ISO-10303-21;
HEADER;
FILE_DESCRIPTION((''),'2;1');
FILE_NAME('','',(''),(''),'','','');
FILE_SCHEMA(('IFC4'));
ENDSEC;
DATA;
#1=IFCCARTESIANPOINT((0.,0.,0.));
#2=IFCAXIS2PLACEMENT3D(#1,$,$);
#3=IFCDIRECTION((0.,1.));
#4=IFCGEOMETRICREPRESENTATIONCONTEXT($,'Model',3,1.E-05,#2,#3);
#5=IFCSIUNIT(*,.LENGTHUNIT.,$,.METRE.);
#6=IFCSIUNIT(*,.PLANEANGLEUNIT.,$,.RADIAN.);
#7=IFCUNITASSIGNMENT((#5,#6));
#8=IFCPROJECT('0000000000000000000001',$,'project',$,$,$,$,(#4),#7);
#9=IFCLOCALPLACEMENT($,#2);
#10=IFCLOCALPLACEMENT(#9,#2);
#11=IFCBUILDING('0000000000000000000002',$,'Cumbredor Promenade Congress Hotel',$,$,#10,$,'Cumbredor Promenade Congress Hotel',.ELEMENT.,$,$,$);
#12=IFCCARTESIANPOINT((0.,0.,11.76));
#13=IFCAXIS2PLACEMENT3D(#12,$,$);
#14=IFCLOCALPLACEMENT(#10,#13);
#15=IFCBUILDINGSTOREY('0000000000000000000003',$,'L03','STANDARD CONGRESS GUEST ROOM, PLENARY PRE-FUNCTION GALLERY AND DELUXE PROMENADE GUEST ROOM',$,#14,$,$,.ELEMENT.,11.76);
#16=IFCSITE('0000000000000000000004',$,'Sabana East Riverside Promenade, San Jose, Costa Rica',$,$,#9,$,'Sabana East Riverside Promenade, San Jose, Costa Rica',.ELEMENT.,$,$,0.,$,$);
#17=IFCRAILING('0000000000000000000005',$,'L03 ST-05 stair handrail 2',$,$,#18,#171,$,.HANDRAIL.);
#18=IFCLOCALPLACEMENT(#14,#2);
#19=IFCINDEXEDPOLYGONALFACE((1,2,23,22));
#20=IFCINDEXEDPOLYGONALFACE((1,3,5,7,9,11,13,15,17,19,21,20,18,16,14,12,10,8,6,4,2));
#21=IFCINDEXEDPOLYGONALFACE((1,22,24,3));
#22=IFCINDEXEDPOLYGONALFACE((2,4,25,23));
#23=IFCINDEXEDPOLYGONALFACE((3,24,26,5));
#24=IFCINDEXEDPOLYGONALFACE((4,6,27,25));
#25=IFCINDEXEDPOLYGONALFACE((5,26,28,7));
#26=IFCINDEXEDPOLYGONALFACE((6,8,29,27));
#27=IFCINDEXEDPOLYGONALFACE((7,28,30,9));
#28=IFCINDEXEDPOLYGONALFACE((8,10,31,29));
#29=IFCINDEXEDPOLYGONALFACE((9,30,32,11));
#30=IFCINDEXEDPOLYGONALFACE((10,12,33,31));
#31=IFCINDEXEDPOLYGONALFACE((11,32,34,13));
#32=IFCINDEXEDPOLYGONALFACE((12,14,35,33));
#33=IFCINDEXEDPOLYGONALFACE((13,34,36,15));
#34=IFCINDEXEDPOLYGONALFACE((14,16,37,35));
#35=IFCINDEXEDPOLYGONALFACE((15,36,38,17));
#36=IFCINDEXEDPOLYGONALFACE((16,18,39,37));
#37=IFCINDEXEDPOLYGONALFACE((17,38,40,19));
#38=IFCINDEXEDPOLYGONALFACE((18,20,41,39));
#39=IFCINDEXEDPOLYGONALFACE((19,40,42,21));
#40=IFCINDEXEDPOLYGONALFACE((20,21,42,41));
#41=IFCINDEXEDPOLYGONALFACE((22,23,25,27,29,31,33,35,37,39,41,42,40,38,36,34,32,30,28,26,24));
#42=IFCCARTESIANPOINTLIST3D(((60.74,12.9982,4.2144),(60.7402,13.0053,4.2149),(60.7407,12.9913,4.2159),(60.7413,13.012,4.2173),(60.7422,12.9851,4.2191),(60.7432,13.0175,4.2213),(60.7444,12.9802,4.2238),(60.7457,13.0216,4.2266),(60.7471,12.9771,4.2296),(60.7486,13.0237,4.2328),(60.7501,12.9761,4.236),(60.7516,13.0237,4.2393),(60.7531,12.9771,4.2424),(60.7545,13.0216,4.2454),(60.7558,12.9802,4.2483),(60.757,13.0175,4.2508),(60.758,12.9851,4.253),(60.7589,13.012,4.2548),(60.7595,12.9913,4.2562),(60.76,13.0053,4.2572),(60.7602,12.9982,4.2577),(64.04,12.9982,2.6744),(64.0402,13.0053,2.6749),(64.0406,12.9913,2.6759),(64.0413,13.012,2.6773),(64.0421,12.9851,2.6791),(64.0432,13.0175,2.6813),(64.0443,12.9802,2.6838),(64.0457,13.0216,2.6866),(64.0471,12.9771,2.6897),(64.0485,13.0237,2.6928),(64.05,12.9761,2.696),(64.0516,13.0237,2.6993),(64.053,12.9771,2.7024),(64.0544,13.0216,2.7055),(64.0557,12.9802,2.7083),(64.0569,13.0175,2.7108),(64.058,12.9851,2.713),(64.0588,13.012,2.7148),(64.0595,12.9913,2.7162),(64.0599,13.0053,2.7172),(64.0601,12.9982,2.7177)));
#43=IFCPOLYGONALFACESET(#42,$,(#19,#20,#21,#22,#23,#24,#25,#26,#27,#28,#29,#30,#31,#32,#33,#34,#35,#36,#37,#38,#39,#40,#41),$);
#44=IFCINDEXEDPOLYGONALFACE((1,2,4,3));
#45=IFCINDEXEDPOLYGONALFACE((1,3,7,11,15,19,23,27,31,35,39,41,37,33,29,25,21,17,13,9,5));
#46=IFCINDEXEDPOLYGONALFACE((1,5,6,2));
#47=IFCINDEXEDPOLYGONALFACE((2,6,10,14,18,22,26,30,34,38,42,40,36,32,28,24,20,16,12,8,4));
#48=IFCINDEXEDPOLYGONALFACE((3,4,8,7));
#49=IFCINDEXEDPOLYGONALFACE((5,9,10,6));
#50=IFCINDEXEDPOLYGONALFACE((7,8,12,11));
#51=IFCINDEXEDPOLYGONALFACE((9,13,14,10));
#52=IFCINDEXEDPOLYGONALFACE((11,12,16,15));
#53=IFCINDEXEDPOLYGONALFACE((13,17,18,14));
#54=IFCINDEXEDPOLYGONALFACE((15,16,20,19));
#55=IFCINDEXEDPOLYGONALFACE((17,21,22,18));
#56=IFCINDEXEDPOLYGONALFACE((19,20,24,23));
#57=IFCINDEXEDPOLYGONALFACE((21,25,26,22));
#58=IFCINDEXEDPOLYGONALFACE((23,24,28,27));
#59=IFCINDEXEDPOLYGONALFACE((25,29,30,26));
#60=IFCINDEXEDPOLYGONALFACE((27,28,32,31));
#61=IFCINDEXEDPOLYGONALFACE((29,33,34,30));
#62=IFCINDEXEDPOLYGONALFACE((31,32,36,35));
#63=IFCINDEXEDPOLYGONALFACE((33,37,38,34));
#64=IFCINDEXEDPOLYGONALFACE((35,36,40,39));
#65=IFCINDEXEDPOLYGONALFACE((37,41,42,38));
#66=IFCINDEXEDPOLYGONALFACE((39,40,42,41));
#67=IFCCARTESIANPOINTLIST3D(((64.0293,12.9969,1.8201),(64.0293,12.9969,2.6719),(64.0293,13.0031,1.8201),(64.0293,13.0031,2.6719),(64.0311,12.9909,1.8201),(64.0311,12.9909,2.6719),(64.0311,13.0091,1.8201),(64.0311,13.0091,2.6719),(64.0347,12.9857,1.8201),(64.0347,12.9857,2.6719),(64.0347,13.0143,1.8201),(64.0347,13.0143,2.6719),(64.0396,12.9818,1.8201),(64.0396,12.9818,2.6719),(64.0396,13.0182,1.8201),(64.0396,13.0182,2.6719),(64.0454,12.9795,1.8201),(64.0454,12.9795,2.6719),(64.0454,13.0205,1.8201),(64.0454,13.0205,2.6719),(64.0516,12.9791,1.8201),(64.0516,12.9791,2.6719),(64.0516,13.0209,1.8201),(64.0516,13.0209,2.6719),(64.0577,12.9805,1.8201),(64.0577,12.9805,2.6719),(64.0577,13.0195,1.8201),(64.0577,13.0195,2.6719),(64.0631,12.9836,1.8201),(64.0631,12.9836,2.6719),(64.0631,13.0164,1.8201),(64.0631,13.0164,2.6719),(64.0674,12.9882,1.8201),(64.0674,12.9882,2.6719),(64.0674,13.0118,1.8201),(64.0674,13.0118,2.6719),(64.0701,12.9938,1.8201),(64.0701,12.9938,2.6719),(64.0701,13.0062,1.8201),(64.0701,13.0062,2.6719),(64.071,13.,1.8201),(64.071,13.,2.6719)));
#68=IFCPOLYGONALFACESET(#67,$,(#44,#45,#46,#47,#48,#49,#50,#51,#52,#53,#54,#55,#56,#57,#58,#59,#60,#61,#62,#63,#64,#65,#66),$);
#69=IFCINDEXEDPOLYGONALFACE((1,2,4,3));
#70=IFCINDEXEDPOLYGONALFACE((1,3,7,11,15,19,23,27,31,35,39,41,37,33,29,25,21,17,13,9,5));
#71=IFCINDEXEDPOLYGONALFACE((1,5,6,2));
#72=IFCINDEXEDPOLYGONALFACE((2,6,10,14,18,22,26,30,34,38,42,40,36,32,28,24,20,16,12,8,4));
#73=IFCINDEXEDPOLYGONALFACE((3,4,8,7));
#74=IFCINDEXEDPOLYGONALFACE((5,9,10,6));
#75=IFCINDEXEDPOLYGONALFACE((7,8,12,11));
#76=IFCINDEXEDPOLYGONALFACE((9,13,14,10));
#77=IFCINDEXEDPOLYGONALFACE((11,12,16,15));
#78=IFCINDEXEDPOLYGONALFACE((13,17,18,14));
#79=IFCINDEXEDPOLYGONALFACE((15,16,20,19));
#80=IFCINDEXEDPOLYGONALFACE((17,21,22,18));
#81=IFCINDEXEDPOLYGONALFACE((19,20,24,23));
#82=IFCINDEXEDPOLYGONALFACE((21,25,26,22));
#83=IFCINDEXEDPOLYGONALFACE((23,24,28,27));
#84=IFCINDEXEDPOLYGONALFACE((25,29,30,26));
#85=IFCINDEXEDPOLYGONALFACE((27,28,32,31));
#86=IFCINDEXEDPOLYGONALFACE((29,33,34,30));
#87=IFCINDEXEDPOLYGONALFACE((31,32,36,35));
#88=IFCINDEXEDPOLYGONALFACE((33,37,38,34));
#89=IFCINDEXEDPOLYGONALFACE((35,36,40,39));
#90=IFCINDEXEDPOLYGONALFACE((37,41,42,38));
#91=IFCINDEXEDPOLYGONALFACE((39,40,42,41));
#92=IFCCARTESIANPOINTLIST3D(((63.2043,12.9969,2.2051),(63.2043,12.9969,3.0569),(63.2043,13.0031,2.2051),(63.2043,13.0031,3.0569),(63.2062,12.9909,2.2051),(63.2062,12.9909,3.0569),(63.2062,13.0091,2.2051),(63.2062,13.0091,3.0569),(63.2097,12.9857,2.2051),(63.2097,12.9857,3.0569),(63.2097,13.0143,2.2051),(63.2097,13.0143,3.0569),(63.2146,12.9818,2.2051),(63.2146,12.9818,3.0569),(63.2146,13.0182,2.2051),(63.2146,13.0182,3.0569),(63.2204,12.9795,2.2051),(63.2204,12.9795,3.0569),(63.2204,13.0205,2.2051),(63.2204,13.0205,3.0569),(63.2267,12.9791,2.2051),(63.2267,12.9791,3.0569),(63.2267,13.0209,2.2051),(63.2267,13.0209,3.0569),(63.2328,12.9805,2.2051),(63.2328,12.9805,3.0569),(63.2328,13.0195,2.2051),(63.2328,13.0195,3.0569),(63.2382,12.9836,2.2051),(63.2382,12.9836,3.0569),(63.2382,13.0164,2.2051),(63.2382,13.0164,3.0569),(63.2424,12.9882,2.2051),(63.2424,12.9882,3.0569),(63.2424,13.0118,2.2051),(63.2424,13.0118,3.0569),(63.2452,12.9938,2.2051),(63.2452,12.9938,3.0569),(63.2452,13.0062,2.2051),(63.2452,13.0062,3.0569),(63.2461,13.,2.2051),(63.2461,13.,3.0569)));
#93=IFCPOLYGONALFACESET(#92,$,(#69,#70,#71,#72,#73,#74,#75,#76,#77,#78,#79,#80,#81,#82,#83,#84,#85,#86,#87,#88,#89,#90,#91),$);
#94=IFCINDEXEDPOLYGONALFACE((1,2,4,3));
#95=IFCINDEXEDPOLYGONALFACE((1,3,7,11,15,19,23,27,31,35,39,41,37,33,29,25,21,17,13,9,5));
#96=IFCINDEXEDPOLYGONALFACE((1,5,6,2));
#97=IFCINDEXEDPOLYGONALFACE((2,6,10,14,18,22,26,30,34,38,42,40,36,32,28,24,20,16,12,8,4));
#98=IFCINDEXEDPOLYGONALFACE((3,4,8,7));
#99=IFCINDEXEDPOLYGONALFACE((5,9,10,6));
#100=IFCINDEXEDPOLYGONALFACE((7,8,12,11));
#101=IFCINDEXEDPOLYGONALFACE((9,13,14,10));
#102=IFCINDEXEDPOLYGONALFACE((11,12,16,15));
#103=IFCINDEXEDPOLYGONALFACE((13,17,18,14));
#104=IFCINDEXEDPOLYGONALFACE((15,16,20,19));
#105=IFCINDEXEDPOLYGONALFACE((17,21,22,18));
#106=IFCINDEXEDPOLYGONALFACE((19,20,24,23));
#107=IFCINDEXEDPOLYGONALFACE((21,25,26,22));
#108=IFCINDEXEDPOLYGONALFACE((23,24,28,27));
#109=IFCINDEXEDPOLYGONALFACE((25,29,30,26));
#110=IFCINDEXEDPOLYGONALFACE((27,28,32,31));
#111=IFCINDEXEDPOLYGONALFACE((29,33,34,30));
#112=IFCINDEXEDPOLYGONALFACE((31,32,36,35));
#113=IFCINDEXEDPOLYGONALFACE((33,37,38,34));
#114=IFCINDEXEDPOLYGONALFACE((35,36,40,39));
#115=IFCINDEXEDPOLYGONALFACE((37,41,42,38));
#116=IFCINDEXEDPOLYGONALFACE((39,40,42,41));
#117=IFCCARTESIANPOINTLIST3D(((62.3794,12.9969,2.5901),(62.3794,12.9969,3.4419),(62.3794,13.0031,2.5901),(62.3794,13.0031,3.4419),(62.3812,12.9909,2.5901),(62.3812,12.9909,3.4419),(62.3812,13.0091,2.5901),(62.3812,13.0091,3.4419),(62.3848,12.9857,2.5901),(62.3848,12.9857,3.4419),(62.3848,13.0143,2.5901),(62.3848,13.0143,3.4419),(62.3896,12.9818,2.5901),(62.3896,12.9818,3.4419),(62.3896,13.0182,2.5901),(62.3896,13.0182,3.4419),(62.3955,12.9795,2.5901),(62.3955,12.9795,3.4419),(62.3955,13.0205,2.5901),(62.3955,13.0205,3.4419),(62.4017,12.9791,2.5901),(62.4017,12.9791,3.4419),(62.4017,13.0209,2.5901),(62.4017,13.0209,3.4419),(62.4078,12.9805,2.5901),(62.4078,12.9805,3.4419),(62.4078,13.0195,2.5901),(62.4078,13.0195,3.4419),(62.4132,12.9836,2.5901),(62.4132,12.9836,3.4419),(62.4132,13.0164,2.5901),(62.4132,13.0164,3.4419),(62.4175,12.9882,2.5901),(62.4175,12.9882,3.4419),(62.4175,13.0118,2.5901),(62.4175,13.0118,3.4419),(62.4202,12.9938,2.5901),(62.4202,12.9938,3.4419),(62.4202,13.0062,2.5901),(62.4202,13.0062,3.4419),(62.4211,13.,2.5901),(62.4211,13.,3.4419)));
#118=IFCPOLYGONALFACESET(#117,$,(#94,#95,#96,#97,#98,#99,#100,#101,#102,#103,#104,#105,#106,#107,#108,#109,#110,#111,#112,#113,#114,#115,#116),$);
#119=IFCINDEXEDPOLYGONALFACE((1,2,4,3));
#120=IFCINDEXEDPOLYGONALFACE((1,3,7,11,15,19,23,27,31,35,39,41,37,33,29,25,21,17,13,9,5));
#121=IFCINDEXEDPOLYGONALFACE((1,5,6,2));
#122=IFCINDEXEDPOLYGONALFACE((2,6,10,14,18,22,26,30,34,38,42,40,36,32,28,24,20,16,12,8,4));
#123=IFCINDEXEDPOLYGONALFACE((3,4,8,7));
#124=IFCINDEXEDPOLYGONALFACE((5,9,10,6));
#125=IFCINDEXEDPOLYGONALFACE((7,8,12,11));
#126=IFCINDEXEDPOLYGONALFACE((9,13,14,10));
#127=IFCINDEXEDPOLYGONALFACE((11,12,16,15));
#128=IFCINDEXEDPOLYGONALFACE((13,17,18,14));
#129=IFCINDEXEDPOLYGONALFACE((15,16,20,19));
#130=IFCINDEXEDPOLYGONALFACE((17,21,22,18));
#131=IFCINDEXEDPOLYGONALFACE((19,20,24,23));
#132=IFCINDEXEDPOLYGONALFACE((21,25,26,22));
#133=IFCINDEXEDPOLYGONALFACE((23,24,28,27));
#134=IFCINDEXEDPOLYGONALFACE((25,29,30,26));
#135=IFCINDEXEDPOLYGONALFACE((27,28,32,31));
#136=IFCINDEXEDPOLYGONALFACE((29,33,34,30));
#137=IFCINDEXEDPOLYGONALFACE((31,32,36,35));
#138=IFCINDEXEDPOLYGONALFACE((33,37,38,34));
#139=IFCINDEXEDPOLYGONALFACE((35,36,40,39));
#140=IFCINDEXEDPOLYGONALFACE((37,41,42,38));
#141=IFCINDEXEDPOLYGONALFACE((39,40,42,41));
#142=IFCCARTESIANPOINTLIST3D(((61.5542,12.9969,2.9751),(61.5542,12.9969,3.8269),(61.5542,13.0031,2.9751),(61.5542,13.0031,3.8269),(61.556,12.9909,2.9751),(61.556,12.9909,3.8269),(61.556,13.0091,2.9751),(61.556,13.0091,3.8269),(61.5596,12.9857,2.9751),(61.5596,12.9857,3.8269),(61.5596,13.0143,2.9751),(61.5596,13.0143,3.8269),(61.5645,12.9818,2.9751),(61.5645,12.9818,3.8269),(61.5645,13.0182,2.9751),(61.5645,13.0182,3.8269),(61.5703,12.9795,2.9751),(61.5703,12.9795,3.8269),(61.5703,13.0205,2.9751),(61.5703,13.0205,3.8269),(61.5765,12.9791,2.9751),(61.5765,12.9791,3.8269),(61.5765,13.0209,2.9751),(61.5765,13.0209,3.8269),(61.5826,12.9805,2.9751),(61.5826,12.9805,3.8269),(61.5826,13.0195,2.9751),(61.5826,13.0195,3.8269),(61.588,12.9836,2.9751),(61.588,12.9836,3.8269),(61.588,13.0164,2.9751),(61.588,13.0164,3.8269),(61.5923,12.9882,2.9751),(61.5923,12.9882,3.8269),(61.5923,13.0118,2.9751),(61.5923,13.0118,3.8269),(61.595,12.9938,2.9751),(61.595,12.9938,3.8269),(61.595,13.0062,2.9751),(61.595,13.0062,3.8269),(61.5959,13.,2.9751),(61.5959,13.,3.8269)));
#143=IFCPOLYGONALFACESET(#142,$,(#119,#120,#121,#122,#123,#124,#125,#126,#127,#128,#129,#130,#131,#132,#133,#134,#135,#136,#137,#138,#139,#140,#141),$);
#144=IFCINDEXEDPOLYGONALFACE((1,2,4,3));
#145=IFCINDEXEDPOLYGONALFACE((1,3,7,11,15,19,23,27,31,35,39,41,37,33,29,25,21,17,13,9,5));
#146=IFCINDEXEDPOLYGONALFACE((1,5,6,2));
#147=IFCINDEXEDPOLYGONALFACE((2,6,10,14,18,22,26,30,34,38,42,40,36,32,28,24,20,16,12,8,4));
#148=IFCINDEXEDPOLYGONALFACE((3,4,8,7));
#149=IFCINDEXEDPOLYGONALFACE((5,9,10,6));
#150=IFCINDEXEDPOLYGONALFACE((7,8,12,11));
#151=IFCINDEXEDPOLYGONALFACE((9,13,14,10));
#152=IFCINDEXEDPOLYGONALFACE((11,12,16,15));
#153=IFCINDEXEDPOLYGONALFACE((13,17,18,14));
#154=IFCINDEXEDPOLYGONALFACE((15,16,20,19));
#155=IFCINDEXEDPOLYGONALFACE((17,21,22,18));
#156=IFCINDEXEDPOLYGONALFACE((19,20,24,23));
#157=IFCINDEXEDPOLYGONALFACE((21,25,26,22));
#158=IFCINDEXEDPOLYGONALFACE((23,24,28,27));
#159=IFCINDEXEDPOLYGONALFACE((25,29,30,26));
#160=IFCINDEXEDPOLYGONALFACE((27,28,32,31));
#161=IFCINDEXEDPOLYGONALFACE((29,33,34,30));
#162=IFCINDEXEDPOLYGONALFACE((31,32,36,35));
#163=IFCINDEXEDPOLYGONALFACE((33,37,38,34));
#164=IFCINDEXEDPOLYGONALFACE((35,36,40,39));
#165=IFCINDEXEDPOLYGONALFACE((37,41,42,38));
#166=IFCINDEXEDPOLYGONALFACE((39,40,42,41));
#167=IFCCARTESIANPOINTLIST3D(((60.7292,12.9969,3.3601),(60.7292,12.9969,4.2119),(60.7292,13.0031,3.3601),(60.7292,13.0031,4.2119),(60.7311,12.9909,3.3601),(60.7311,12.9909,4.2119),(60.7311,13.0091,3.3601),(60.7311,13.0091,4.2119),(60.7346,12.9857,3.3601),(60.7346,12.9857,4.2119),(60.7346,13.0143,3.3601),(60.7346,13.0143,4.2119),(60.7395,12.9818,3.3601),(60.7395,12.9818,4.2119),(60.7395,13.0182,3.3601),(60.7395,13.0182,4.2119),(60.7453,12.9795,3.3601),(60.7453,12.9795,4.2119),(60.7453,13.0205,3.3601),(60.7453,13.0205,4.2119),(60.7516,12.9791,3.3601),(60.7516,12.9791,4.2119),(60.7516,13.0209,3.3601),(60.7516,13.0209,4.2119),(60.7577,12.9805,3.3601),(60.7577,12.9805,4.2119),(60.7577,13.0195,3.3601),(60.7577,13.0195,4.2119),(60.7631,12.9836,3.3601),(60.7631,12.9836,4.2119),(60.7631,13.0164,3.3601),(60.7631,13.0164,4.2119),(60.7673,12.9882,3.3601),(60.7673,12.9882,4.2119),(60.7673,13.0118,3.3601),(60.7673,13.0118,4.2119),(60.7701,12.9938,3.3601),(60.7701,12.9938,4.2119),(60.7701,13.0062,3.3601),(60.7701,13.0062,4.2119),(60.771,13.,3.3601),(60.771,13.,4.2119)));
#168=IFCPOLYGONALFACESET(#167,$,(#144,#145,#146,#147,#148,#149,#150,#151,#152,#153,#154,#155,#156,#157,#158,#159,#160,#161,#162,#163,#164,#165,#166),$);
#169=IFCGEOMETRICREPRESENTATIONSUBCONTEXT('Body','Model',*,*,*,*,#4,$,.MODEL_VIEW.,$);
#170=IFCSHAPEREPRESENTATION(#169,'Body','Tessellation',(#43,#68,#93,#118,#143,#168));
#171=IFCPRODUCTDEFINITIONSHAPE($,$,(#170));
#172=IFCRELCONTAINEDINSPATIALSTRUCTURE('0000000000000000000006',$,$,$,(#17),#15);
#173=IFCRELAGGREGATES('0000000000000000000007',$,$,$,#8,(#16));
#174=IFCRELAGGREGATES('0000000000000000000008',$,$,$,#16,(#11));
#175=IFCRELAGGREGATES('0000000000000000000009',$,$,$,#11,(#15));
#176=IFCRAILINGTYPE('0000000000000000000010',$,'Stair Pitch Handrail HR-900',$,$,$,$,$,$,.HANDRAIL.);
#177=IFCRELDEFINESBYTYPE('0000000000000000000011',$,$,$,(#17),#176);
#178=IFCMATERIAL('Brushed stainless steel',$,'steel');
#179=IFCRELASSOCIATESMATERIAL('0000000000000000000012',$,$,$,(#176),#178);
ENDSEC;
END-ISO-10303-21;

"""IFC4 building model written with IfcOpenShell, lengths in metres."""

from ifc_helpers import new_model, si_unit, direction, frame, origin, origin_2d, place, context, subcontext, project, spatial, circle, extrude, material, type_object, element, save


model = new_model("IFC4")

# Units and contexts
model_context = context("Model", 3, precision=1e-05, world=origin(), true_north=direction((0.0, 1.0)))
body_context = subcontext(model_context, "Body", "Model", "MODEL_VIEW")
ifc_project = project(units=[si_unit("LENGTHUNIT", "METRE"), si_unit("PLANEANGLEUNIT", "RADIAN")], contexts=[model_context])

# Site, building, storey
site_placement = place(None, origin())
site = spatial("IfcSite", under=ifc_project, at=site_placement, Name="Sabana East Riverside Promenade, San Jose, Costa Rica", LongName="Sabana East Riverside Promenade, San Jose, Costa Rica", CompositionType="ELEMENT", RefElevation=0.0)
building_placement = place(site_placement, origin())
building = spatial("IfcBuilding", under=site, at=building_placement, Name="Cumbredor Promenade Congress Hotel", LongName="Cumbredor Promenade Congress Hotel", CompositionType="ELEMENT")
storey_placement = place(building_placement, frame((0.0, 0.0, 11.76)))
storey = spatial("IfcBuildingStorey", under=building, at=storey_placement, Name="L03", Description="STANDARD CONGRESS GUEST ROOM, PLENARY PRE-FUNCTION GALLERY AND DELUXE PROMENADE GUEST ROOM", CompositionType="ELEMENT", Elevation=11.76)

# Railing
ifc_material_1 = material(Name="Brushed stainless steel", Category="steel")
railing_type_1 = type_object("IfcRailingType", Name="Stair Pitch Handrail HR-900", PredefinedType="HANDRAIL", material=ifc_material_1)
railing_1_placement = place(storey_placement, frame((64.05, 13.0, 1.8201)))
element("IfcRailing", 1, at=railing_1_placement, inside=storey, type_object=railing_type_1, Name="L03 ST-05 stair handrail 2", PredefinedType="HANDRAIL", context=body_context, shape_type="SweptSolid", body=[
    extrude(circle(Radius=0.0239, at=origin_2d()), frame((0.0, 0.0, 0.876), z_axis=(-0.906181, 0.0, 0.422889), x_axis=(0.0, -1.0, 0.0)), (0.0, 0.0, 1.0), 3.6416),
    extrude(circle(Radius=0.021, at=origin_2d()), origin(), (0.0, 0.0, 1.0), 0.8518),
    extrude(circle(Radius=0.021, at=origin_2d()), frame((-0.825, 0.0, 0.385)), (0.0, 0.0, 1.0), 0.8518),
    extrude(circle(Radius=0.021, at=origin_2d()), frame((-1.6499, 0.0, 0.77)), (0.0, 0.0, 1.0), 0.8518),
    extrude(circle(Radius=0.021, at=origin_2d()), frame((-2.4751, 0.0, 1.155)), (0.0, 0.0, 1.0), 0.8518),
    extrude(circle(Radius=0.021, at=origin_2d()), frame((-3.3, 0.0, 1.54)), (0.0, 0.0, 1.0), 0.8518),
])

save(model, "model.ifc")
